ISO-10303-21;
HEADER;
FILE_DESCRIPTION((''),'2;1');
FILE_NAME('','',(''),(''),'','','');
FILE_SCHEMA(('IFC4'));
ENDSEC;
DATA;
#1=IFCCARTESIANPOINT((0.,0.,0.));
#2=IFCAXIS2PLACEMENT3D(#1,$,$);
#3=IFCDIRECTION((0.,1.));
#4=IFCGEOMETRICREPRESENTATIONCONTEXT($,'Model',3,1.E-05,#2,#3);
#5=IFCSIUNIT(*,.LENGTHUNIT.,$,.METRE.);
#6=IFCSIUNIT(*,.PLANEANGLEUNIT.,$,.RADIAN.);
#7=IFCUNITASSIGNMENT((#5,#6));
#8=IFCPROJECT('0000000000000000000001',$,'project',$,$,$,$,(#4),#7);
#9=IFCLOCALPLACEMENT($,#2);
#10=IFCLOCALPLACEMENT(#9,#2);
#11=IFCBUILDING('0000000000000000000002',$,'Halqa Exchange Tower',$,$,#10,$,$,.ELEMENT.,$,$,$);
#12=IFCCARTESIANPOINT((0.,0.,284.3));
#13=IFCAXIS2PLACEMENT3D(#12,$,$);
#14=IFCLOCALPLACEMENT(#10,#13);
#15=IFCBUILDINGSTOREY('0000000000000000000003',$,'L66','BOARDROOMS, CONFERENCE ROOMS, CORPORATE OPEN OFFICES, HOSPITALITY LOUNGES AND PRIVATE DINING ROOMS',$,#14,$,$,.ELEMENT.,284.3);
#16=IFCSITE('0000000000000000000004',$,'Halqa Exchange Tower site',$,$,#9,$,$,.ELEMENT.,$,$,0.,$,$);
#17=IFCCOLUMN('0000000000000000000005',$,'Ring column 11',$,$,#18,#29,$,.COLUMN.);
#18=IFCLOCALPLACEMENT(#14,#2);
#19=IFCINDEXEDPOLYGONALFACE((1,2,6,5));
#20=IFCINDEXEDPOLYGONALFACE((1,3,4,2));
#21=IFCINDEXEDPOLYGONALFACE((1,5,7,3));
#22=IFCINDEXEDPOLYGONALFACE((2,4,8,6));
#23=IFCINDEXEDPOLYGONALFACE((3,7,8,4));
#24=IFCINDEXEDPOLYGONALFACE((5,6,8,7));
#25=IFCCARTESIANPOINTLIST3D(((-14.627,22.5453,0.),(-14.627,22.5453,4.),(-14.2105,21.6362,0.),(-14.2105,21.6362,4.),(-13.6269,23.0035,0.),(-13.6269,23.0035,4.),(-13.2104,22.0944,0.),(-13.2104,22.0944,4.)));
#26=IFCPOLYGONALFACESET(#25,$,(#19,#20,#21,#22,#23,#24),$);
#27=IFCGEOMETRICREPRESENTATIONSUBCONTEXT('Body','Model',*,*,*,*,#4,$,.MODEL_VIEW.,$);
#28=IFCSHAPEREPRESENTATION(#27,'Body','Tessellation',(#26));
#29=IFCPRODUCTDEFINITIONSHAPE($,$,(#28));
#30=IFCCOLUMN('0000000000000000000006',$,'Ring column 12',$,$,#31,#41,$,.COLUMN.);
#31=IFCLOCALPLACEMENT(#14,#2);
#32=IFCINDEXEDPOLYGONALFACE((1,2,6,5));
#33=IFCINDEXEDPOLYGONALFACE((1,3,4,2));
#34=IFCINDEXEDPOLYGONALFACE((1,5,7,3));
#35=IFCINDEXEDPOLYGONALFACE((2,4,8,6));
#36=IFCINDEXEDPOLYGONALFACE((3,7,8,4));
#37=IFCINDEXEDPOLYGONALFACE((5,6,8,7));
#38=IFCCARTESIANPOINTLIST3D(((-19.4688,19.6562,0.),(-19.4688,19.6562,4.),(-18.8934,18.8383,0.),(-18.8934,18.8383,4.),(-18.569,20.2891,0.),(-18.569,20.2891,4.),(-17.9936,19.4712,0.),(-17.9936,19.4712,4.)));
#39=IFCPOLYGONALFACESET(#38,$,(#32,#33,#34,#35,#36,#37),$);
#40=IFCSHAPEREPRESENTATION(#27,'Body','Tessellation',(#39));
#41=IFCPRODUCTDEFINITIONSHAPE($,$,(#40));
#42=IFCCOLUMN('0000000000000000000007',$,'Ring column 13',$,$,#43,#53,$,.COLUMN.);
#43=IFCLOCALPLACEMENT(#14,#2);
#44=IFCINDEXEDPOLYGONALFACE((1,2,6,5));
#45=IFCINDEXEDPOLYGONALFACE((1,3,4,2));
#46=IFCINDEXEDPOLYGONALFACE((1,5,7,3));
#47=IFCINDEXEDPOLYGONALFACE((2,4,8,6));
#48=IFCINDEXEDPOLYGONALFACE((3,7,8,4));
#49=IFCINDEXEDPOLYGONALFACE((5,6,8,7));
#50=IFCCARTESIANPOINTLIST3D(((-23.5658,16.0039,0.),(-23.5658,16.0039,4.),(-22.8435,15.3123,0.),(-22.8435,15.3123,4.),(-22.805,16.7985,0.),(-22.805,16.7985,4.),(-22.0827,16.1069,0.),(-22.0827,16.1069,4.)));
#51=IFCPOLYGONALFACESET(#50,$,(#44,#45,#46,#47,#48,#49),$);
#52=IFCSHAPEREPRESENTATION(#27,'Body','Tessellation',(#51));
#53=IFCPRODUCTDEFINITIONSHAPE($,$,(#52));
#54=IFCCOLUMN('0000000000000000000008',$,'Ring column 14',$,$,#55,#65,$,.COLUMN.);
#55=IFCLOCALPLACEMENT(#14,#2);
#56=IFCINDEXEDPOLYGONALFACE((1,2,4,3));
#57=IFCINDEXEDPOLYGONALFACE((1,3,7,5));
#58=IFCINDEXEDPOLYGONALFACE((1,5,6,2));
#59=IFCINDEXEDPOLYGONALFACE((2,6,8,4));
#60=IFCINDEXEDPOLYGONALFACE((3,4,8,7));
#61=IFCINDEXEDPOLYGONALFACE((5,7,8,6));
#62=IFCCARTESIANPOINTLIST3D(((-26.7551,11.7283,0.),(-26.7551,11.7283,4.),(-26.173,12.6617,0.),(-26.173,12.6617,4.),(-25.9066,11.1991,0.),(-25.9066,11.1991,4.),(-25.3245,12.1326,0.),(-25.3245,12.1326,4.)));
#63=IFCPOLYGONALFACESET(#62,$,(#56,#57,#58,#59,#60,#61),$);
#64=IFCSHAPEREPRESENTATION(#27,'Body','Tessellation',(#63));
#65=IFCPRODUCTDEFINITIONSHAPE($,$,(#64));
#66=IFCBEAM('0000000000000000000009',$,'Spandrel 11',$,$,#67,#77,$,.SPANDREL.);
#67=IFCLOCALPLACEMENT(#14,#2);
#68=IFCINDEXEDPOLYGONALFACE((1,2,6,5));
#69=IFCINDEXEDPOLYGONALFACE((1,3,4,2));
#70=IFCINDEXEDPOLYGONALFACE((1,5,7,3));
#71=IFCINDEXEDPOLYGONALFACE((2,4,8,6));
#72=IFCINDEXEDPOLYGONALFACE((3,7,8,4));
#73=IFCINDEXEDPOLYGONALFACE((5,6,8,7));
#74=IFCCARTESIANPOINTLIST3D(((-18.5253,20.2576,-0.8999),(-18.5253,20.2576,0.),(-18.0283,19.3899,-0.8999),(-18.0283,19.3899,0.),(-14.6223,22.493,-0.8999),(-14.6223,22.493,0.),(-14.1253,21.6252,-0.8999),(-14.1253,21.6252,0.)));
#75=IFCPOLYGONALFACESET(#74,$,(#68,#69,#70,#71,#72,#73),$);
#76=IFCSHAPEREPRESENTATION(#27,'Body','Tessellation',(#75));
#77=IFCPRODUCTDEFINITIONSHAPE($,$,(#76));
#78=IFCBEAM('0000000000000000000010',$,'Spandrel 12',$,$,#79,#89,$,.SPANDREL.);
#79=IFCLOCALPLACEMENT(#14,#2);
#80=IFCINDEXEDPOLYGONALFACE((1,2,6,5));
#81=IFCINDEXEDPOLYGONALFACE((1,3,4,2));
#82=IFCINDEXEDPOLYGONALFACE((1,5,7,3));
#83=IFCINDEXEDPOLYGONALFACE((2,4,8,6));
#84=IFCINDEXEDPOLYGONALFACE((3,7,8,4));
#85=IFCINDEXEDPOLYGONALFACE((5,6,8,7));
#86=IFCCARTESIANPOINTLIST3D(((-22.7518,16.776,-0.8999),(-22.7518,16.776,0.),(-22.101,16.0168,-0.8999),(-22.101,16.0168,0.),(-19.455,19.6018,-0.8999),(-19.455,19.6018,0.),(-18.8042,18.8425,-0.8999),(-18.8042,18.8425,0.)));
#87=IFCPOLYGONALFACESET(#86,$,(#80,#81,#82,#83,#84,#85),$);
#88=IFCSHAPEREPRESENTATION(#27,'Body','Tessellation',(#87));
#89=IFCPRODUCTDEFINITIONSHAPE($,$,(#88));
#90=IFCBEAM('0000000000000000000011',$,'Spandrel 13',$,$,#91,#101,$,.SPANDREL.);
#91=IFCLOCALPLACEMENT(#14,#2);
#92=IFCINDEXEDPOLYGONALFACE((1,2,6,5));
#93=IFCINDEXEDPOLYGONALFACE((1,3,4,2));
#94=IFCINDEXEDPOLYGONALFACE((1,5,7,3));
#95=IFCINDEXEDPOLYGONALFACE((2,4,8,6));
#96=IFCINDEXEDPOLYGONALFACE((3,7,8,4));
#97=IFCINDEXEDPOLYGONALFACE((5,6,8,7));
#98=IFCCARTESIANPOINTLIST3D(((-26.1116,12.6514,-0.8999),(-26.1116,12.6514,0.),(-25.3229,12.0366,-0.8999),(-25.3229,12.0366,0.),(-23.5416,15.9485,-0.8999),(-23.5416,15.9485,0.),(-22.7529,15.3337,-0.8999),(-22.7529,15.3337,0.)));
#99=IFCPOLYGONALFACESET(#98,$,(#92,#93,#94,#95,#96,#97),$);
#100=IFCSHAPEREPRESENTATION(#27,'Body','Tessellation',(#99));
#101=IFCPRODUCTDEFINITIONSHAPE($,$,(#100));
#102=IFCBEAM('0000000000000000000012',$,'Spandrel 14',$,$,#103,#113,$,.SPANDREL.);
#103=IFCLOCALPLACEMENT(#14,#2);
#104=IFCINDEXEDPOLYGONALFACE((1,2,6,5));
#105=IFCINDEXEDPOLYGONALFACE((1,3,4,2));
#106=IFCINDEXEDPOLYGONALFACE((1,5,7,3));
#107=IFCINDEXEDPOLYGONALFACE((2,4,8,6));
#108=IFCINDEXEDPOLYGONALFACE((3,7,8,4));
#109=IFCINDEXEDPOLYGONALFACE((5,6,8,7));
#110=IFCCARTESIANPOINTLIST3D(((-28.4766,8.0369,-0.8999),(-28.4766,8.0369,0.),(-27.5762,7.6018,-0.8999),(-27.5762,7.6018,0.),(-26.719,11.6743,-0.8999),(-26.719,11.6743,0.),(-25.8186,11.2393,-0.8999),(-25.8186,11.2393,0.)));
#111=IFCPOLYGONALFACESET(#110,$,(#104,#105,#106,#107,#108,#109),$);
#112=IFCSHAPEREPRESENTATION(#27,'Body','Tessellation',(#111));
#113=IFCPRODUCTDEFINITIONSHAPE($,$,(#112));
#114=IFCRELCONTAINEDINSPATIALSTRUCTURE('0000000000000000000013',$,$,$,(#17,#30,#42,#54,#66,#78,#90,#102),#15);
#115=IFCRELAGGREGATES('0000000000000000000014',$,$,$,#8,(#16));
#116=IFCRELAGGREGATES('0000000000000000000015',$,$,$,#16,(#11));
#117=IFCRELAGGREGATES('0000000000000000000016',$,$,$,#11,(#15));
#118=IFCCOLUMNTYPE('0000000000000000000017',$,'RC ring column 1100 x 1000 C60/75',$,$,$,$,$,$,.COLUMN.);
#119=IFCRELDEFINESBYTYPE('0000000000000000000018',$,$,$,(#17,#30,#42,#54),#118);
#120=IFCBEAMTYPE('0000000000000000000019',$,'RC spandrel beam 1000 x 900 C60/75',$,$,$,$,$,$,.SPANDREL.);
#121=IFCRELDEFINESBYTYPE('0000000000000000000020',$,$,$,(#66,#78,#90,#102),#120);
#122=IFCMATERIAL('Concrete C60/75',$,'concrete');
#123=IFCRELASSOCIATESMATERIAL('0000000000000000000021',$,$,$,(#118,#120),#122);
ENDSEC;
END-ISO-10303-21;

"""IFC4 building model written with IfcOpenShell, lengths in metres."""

from ifc_helpers import new_model, si_unit, direction, frame, origin, origin_2d, place, context, subcontext, project, spatial, rectangle, extrude, material, material_profile, profile_set, type_object, element, save


model = new_model("IFC4")

# Units and contexts
model_context = context("Model", 3, precision=1e-05, world=origin(), true_north=direction((0.0, 1.0)))
body_context = subcontext(model_context, "Body", "Model", "MODEL_VIEW")
ifc_project = project(units=[si_unit("LENGTHUNIT", "METRE"), si_unit("PLANEANGLEUNIT", "RADIAN")], contexts=[model_context])

# Site, building, storey
site_placement = place(None, origin())
site = spatial("IfcSite", under=ifc_project, at=site_placement, Name="Halqa Exchange Tower site", CompositionType="ELEMENT", RefElevation=0.0)
building_placement = place(site_placement, origin())
building = spatial("IfcBuilding", under=site, at=building_placement, Name="Halqa Exchange Tower", CompositionType="ELEMENT")
storey_placement = place(building_placement, frame((0.0, 0.0, 284.3)))
storey = spatial("IfcBuildingStorey", under=building, at=storey_placement, Name="L66", Description="BOARDROOMS, CONFERENCE ROOMS, CORPORATE OPEN OFFICES, HOSPITALITY LOUNGES AND PRIVATE DINING ROOMS", CompositionType="ELEMENT", Elevation=284.3)

# Columns
ifc_material_1 = material(Name="Concrete C60/75", Category="concrete")
ifc_material_profile_1 = material_profile(ifc_material_1, rectangle(XDim=1.1001, YDim=1.0, at=origin_2d()), Name="1100 x 1000")
ifc_profile_set_1 = profile_set([ifc_material_profile_1], Name="Concrete C60/75")
column_type = type_object("IfcColumnType", Name="RC ring column 1100 x 1000 C60/75", PredefinedType="COLUMN", material=ifc_profile_set_1)
for number, where, z_axis, x_axis, name in (
    (1, (-13.9187, 22.3198, 0.0), (0.0, 0.0, 1.0), (-0.909129, -0.416514, 0.0), "Ring column 11"),
    (2, (-18.7312, 19.5637, 0.0), (0.0, 0.0, 1.0), (-0.817907, -0.575351, 0.0), "Ring column 12"),
    (3, (-22.8242, 16.0554, 0.0), (0.0, 0.0, 1.0), (-0.691577, -0.722302, 0.0), "Ring column 13"),
    (4, (-26.0398, 11.9304, 0.0), (0.0, 0.0, 1.0), (-0.529143, -0.848532, 0.0), "Ring column 14"),
):
    element("IfcColumn", number, at=place(storey_placement, frame(where, z_axis=z_axis, x_axis=x_axis)), inside=storey, type_object=column_type, Name=name, PredefinedType="COLUMN", context=body_context, shape_type="SweptSolid", body=[
        extrude(rectangle(XDim=1.1001, YDim=1.0, at=origin_2d()), origin(), (0.0, 0.0, 1.0), 4.0),
    ])

# Beams
ifc_material_profile_2 = material_profile(ifc_material_1, rectangle(XDim=1.0, YDim=0.8999, at=origin_2d()), Name="1000 x 900")
ifc_profile_set_2 = profile_set([ifc_material_profile_2], Name="Concrete C60/75")
beam_type = type_object("IfcBeamType", Name="RC spandrel beam 1000 x 900 C60/75", PredefinedType="SPANDREL", material=ifc_profile_set_2)
beam_1_placement = place(storey_placement, frame((-14.3738, 22.0591, -0.45), z_axis=(-0.867762, -0.49698, 0.0), x_axis=(0.49698, -0.867762, 0.0)))
element("IfcBeam", 5, at=beam_1_placement, inside=storey, type_object=beam_type, Name="Spandrel 11", PredefinedType="SPANDREL", context=body_context, shape_type="SweptSolid", body=[
    extrude(rectangle(XDim=1.0, YDim=0.8999, at=origin_2d()), origin(), (0.0, 0.0, 1.0), 4.4978),
])
beam_2_placement = place(storey_placement, frame((-19.1296, 19.2222, -0.45), z_axis=(-0.759257, -0.650791, 0.0), x_axis=(0.650791, -0.759257, 0.0)))
element("IfcBeam", 6, at=beam_2_placement, inside=storey, type_object=beam_type, Name="Spandrel 12", PredefinedType="SPANDREL", context=body_context, shape_type="SweptSolid", body=[
    extrude(rectangle(XDim=1.0, YDim=0.8999, at=origin_2d()), origin(), (0.0, 0.0, 1.0), 4.342),
])
beam_3_placement = place(storey_placement, frame((-23.1472, 15.6411, -0.45), z_axis=(-0.614781, -0.788698, 0.0), x_axis=(0.788698, -0.614781, 0.0)))
element("IfcBeam", 7, at=beam_3_placement, inside=storey, type_object=beam_type, Name="Spandrel 13", PredefinedType="SPANDREL", context=body_context, shape_type="SweptSolid", body=[
    extrude(rectangle(XDim=1.0, YDim=0.8999, at=origin_2d()), origin(), (0.0, 0.0, 1.0), 4.1804),
])
beam_4_placement = place(storey_placement, frame((-26.2688, 11.4568, -0.45), z_axis=(-0.435062, -0.900401, 0.0), x_axis=(0.900401, -0.435062, 0.0)))
element("IfcBeam", 8, at=beam_4_placement, inside=storey, type_object=beam_type, Name="Spandrel 14", PredefinedType="SPANDREL", context=body_context, shape_type="SweptSolid", body=[
    extrude(rectangle(XDim=1.0, YDim=0.8999, at=origin_2d()), origin(), (0.0, 0.0, 1.0), 4.0398),
])

save(model, "model.ifc")
